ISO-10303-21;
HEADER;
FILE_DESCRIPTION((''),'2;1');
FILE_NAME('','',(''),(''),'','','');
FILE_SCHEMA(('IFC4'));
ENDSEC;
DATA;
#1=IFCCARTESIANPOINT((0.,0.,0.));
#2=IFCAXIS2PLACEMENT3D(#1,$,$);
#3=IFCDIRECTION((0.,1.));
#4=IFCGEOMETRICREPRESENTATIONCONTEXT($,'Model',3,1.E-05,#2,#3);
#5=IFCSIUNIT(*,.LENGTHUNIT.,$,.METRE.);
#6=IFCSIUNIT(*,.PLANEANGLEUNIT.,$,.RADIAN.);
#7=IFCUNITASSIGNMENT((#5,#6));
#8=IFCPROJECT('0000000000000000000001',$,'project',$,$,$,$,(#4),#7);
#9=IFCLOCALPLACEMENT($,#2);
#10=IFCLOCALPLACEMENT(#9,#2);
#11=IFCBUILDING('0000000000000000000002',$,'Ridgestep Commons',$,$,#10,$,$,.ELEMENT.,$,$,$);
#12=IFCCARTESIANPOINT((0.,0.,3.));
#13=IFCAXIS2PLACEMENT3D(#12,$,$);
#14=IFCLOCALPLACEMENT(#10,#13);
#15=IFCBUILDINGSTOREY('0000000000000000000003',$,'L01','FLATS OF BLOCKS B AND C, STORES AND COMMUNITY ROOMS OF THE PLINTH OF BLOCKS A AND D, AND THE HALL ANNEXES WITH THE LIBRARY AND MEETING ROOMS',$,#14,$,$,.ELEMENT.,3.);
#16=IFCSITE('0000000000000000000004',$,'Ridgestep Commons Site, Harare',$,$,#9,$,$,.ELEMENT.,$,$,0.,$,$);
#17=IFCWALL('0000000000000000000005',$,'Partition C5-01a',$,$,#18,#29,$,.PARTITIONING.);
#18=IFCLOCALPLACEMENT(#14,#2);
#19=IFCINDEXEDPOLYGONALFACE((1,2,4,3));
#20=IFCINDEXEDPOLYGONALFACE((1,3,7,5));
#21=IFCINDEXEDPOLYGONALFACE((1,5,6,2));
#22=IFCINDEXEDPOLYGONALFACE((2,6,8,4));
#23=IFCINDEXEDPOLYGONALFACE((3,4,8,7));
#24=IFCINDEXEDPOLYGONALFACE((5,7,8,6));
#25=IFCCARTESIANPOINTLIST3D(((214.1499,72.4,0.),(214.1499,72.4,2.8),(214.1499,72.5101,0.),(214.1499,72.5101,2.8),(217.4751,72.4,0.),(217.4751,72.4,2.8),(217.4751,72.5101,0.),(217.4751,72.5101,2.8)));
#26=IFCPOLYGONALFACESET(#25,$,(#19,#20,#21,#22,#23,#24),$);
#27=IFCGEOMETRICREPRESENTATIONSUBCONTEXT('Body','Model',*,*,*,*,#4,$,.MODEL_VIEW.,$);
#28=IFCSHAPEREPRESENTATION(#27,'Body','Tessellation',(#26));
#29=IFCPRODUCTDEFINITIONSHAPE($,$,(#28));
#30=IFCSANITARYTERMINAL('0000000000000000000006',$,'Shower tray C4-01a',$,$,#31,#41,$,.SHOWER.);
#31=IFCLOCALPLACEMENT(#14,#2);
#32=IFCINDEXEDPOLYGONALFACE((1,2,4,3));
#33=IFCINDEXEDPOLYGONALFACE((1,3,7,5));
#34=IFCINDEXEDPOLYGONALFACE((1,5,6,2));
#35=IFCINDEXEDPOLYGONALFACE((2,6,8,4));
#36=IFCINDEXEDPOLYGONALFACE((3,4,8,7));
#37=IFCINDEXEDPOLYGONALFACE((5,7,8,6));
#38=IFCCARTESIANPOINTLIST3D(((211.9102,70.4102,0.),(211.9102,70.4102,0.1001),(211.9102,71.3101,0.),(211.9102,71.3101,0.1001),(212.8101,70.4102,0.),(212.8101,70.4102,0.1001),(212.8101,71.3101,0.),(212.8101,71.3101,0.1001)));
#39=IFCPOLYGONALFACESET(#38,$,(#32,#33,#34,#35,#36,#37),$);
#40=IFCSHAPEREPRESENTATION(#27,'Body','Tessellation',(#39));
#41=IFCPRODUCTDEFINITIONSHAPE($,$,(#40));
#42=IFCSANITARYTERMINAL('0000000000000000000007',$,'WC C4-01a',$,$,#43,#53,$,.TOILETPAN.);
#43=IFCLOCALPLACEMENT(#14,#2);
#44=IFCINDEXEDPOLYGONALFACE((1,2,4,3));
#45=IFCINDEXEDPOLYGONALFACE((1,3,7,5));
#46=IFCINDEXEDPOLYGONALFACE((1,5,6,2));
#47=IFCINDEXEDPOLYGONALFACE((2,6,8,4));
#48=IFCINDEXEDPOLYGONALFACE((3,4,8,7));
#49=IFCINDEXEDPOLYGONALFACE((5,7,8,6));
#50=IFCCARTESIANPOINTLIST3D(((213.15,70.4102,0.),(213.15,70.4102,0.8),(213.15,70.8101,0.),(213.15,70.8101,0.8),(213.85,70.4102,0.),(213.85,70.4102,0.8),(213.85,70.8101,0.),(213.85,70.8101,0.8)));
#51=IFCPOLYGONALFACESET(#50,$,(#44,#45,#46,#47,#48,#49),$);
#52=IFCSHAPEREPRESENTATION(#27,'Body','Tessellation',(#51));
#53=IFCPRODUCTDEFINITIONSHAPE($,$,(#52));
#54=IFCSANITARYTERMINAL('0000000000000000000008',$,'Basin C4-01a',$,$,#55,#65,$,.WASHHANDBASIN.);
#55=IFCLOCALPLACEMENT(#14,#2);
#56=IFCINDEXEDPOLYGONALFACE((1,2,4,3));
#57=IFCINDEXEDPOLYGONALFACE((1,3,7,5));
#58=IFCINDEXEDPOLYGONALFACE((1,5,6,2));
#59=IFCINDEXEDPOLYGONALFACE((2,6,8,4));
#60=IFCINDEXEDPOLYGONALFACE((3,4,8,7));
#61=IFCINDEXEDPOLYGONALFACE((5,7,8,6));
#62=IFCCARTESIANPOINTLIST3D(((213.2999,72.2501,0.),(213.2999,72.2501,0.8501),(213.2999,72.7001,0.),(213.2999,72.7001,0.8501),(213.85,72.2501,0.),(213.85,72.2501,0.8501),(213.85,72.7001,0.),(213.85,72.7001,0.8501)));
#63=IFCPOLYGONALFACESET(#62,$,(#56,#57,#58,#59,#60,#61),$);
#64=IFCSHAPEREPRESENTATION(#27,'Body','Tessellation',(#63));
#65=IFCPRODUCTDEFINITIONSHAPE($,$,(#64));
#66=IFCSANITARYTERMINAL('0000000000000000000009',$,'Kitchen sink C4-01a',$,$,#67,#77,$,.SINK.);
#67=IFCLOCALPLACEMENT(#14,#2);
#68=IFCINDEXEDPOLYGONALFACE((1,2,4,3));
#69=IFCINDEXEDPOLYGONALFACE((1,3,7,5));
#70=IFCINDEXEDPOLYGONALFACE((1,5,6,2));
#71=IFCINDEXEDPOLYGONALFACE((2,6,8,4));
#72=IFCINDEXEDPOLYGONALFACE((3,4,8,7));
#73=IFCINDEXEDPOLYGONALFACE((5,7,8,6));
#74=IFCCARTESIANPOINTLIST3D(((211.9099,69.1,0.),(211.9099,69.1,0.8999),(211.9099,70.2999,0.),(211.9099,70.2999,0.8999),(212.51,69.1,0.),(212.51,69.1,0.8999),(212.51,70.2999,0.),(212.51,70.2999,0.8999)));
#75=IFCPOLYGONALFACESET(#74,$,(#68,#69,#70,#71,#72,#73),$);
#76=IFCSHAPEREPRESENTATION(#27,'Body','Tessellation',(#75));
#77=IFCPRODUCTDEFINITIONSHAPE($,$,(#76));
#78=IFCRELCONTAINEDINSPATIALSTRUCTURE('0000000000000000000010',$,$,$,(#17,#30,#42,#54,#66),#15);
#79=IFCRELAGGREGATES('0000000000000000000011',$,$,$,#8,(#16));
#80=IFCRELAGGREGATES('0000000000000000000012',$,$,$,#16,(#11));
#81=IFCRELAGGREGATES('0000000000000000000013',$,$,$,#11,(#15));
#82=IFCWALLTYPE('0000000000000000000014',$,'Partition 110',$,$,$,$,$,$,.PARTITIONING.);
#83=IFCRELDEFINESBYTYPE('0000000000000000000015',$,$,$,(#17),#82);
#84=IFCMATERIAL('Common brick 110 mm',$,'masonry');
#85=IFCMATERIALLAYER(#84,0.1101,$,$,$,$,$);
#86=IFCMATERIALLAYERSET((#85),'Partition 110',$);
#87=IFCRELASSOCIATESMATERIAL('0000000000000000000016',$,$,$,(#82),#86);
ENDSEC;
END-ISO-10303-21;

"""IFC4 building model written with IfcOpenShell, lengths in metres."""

from ifc_helpers import new_model, si_unit, direction, frame, frame_2d, origin, origin_2d, place, context, subcontext, project, spatial, rectangle, extrude, material, layer, layer_set, type_object, element, save


model = new_model("IFC4")

# Units and contexts
model_context = context("Model", 3, precision=1e-05, world=origin(), true_north=direction((0.0, 1.0)))
body_context = subcontext(model_context, "Body", "Model", "MODEL_VIEW")
ifc_project = project(units=[si_unit("LENGTHUNIT", "METRE"), si_unit("PLANEANGLEUNIT", "RADIAN")], contexts=[model_context])

# Site, building, storey
site_placement = place(None, origin())
site = spatial("IfcSite", under=ifc_project, at=site_placement, Name="Ridgestep Commons Site, Harare", CompositionType="ELEMENT", RefElevation=0.0)
building_placement = place(site_placement, origin())
building = spatial("IfcBuilding", under=site, at=building_placement, Name="Ridgestep Commons", CompositionType="ELEMENT")
storey_placement = place(building_placement, frame((0.0, 0.0, 3.0)))
storey = spatial("IfcBuildingStorey", under=building, at=storey_placement, Name="L01", Description="FLATS OF BLOCKS B AND C, STORES AND COMMUNITY ROOMS OF THE PLINTH OF BLOCKS A AND D, AND THE HALL ANNEXES WITH THE LIBRARY AND MEETING ROOMS", CompositionType="ELEMENT", Elevation=3.0)

# Shared definitions
ifc_material_1 = material(Name="Common brick 110 mm", Category="masonry")
ifc_layer_1 = layer(ifc_material_1, 0.1101)
ifc_layer_set_1 = layer_set([ifc_layer_1], Name="Partition 110")
wall_type_1 = type_object("IfcWallType", Name="Partition 110", PredefinedType="PARTITIONING", material=ifc_layer_set_1)

# Wall
wall_1_placement = place(storey_placement, frame((214.1499, 72.4551, 0.0), z_axis=(0.0, 0.0, 1.0), x_axis=(1.0, 0.0, 0.0)))
element("IfcWall", 1, at=wall_1_placement, inside=storey, type_object=wall_type_1, Name="Partition C5-01a", PredefinedType="PARTITIONING", context=body_context, shape_type="SweptSolid", body=[
    extrude(rectangle(XDim=3.3252, YDim=0.1101, at=frame_2d((1.6626, 0.0))), origin(), (0.0, 0.0, 1.0), 2.8),
])

# Sanitary terminals
sanitary_terminal_1_placement = place(storey_placement, frame((212.3601, 70.8601, 0.0), z_axis=(0.0, 0.0, 1.0), x_axis=(1.0, 0.0, 0.0)))
element("IfcSanitaryTerminal", 2, at=sanitary_terminal_1_placement, inside=storey, Name="Shower tray C4-01a", PredefinedType="SHOWER", context=body_context, shape_type="SweptSolid", body=[
    extrude(rectangle(XDim=0.8999, YDim=0.8999, at=origin_2d()), origin(), (0.0, 0.0, 1.0), 0.1001),
])
sanitary_terminal_2_placement = place(storey_placement, frame((213.5, 70.6101, 0.0), z_axis=(0.0, 0.0, 1.0), x_axis=(1.0, 0.0, 0.0)))
element("IfcSanitaryTerminal", 3, at=sanitary_terminal_2_placement, inside=storey, Name="WC C4-01a", PredefinedType="TOILETPAN", context=body_context, shape_type="SweptSolid", body=[
    extrude(rectangle(XDim=0.7, YDim=0.3999, at=origin_2d()), origin(), (0.0, 0.0, 1.0), 0.8),
])
sanitary_terminal_3_placement = place(storey_placement, frame((213.575, 72.4751, 0.0), z_axis=(0.0, 0.0, 1.0), x_axis=(1.0, 0.0, 0.0)))
element("IfcSanitaryTerminal", 4, at=sanitary_terminal_3_placement, inside=storey, Name="Basin C4-01a", PredefinedType="WASHHANDBASIN", context=body_context, shape_type="SweptSolid", body=[
    extrude(rectangle(XDim=0.55, YDim=0.45, at=origin_2d()), origin(), (0.0, 0.0, 1.0), 0.8501),
])
sanitary_terminal_4_placement = place(storey_placement, frame((212.21, 69.7, 0.0), z_axis=(0.0, 0.0, 1.0), x_axis=(1.0, 0.0, 0.0)))
element("IfcSanitaryTerminal", 5, at=sanitary_terminal_4_placement, inside=storey, Name="Kitchen sink C4-01a", PredefinedType="SINK", context=body_context, shape_type="SweptSolid", body=[
    extrude(rectangle(XDim=0.6001, YDim=1.2, at=origin_2d()), origin(), (0.0, 0.0, 1.0), 0.8999),
])

save(model, "model.ifc")
